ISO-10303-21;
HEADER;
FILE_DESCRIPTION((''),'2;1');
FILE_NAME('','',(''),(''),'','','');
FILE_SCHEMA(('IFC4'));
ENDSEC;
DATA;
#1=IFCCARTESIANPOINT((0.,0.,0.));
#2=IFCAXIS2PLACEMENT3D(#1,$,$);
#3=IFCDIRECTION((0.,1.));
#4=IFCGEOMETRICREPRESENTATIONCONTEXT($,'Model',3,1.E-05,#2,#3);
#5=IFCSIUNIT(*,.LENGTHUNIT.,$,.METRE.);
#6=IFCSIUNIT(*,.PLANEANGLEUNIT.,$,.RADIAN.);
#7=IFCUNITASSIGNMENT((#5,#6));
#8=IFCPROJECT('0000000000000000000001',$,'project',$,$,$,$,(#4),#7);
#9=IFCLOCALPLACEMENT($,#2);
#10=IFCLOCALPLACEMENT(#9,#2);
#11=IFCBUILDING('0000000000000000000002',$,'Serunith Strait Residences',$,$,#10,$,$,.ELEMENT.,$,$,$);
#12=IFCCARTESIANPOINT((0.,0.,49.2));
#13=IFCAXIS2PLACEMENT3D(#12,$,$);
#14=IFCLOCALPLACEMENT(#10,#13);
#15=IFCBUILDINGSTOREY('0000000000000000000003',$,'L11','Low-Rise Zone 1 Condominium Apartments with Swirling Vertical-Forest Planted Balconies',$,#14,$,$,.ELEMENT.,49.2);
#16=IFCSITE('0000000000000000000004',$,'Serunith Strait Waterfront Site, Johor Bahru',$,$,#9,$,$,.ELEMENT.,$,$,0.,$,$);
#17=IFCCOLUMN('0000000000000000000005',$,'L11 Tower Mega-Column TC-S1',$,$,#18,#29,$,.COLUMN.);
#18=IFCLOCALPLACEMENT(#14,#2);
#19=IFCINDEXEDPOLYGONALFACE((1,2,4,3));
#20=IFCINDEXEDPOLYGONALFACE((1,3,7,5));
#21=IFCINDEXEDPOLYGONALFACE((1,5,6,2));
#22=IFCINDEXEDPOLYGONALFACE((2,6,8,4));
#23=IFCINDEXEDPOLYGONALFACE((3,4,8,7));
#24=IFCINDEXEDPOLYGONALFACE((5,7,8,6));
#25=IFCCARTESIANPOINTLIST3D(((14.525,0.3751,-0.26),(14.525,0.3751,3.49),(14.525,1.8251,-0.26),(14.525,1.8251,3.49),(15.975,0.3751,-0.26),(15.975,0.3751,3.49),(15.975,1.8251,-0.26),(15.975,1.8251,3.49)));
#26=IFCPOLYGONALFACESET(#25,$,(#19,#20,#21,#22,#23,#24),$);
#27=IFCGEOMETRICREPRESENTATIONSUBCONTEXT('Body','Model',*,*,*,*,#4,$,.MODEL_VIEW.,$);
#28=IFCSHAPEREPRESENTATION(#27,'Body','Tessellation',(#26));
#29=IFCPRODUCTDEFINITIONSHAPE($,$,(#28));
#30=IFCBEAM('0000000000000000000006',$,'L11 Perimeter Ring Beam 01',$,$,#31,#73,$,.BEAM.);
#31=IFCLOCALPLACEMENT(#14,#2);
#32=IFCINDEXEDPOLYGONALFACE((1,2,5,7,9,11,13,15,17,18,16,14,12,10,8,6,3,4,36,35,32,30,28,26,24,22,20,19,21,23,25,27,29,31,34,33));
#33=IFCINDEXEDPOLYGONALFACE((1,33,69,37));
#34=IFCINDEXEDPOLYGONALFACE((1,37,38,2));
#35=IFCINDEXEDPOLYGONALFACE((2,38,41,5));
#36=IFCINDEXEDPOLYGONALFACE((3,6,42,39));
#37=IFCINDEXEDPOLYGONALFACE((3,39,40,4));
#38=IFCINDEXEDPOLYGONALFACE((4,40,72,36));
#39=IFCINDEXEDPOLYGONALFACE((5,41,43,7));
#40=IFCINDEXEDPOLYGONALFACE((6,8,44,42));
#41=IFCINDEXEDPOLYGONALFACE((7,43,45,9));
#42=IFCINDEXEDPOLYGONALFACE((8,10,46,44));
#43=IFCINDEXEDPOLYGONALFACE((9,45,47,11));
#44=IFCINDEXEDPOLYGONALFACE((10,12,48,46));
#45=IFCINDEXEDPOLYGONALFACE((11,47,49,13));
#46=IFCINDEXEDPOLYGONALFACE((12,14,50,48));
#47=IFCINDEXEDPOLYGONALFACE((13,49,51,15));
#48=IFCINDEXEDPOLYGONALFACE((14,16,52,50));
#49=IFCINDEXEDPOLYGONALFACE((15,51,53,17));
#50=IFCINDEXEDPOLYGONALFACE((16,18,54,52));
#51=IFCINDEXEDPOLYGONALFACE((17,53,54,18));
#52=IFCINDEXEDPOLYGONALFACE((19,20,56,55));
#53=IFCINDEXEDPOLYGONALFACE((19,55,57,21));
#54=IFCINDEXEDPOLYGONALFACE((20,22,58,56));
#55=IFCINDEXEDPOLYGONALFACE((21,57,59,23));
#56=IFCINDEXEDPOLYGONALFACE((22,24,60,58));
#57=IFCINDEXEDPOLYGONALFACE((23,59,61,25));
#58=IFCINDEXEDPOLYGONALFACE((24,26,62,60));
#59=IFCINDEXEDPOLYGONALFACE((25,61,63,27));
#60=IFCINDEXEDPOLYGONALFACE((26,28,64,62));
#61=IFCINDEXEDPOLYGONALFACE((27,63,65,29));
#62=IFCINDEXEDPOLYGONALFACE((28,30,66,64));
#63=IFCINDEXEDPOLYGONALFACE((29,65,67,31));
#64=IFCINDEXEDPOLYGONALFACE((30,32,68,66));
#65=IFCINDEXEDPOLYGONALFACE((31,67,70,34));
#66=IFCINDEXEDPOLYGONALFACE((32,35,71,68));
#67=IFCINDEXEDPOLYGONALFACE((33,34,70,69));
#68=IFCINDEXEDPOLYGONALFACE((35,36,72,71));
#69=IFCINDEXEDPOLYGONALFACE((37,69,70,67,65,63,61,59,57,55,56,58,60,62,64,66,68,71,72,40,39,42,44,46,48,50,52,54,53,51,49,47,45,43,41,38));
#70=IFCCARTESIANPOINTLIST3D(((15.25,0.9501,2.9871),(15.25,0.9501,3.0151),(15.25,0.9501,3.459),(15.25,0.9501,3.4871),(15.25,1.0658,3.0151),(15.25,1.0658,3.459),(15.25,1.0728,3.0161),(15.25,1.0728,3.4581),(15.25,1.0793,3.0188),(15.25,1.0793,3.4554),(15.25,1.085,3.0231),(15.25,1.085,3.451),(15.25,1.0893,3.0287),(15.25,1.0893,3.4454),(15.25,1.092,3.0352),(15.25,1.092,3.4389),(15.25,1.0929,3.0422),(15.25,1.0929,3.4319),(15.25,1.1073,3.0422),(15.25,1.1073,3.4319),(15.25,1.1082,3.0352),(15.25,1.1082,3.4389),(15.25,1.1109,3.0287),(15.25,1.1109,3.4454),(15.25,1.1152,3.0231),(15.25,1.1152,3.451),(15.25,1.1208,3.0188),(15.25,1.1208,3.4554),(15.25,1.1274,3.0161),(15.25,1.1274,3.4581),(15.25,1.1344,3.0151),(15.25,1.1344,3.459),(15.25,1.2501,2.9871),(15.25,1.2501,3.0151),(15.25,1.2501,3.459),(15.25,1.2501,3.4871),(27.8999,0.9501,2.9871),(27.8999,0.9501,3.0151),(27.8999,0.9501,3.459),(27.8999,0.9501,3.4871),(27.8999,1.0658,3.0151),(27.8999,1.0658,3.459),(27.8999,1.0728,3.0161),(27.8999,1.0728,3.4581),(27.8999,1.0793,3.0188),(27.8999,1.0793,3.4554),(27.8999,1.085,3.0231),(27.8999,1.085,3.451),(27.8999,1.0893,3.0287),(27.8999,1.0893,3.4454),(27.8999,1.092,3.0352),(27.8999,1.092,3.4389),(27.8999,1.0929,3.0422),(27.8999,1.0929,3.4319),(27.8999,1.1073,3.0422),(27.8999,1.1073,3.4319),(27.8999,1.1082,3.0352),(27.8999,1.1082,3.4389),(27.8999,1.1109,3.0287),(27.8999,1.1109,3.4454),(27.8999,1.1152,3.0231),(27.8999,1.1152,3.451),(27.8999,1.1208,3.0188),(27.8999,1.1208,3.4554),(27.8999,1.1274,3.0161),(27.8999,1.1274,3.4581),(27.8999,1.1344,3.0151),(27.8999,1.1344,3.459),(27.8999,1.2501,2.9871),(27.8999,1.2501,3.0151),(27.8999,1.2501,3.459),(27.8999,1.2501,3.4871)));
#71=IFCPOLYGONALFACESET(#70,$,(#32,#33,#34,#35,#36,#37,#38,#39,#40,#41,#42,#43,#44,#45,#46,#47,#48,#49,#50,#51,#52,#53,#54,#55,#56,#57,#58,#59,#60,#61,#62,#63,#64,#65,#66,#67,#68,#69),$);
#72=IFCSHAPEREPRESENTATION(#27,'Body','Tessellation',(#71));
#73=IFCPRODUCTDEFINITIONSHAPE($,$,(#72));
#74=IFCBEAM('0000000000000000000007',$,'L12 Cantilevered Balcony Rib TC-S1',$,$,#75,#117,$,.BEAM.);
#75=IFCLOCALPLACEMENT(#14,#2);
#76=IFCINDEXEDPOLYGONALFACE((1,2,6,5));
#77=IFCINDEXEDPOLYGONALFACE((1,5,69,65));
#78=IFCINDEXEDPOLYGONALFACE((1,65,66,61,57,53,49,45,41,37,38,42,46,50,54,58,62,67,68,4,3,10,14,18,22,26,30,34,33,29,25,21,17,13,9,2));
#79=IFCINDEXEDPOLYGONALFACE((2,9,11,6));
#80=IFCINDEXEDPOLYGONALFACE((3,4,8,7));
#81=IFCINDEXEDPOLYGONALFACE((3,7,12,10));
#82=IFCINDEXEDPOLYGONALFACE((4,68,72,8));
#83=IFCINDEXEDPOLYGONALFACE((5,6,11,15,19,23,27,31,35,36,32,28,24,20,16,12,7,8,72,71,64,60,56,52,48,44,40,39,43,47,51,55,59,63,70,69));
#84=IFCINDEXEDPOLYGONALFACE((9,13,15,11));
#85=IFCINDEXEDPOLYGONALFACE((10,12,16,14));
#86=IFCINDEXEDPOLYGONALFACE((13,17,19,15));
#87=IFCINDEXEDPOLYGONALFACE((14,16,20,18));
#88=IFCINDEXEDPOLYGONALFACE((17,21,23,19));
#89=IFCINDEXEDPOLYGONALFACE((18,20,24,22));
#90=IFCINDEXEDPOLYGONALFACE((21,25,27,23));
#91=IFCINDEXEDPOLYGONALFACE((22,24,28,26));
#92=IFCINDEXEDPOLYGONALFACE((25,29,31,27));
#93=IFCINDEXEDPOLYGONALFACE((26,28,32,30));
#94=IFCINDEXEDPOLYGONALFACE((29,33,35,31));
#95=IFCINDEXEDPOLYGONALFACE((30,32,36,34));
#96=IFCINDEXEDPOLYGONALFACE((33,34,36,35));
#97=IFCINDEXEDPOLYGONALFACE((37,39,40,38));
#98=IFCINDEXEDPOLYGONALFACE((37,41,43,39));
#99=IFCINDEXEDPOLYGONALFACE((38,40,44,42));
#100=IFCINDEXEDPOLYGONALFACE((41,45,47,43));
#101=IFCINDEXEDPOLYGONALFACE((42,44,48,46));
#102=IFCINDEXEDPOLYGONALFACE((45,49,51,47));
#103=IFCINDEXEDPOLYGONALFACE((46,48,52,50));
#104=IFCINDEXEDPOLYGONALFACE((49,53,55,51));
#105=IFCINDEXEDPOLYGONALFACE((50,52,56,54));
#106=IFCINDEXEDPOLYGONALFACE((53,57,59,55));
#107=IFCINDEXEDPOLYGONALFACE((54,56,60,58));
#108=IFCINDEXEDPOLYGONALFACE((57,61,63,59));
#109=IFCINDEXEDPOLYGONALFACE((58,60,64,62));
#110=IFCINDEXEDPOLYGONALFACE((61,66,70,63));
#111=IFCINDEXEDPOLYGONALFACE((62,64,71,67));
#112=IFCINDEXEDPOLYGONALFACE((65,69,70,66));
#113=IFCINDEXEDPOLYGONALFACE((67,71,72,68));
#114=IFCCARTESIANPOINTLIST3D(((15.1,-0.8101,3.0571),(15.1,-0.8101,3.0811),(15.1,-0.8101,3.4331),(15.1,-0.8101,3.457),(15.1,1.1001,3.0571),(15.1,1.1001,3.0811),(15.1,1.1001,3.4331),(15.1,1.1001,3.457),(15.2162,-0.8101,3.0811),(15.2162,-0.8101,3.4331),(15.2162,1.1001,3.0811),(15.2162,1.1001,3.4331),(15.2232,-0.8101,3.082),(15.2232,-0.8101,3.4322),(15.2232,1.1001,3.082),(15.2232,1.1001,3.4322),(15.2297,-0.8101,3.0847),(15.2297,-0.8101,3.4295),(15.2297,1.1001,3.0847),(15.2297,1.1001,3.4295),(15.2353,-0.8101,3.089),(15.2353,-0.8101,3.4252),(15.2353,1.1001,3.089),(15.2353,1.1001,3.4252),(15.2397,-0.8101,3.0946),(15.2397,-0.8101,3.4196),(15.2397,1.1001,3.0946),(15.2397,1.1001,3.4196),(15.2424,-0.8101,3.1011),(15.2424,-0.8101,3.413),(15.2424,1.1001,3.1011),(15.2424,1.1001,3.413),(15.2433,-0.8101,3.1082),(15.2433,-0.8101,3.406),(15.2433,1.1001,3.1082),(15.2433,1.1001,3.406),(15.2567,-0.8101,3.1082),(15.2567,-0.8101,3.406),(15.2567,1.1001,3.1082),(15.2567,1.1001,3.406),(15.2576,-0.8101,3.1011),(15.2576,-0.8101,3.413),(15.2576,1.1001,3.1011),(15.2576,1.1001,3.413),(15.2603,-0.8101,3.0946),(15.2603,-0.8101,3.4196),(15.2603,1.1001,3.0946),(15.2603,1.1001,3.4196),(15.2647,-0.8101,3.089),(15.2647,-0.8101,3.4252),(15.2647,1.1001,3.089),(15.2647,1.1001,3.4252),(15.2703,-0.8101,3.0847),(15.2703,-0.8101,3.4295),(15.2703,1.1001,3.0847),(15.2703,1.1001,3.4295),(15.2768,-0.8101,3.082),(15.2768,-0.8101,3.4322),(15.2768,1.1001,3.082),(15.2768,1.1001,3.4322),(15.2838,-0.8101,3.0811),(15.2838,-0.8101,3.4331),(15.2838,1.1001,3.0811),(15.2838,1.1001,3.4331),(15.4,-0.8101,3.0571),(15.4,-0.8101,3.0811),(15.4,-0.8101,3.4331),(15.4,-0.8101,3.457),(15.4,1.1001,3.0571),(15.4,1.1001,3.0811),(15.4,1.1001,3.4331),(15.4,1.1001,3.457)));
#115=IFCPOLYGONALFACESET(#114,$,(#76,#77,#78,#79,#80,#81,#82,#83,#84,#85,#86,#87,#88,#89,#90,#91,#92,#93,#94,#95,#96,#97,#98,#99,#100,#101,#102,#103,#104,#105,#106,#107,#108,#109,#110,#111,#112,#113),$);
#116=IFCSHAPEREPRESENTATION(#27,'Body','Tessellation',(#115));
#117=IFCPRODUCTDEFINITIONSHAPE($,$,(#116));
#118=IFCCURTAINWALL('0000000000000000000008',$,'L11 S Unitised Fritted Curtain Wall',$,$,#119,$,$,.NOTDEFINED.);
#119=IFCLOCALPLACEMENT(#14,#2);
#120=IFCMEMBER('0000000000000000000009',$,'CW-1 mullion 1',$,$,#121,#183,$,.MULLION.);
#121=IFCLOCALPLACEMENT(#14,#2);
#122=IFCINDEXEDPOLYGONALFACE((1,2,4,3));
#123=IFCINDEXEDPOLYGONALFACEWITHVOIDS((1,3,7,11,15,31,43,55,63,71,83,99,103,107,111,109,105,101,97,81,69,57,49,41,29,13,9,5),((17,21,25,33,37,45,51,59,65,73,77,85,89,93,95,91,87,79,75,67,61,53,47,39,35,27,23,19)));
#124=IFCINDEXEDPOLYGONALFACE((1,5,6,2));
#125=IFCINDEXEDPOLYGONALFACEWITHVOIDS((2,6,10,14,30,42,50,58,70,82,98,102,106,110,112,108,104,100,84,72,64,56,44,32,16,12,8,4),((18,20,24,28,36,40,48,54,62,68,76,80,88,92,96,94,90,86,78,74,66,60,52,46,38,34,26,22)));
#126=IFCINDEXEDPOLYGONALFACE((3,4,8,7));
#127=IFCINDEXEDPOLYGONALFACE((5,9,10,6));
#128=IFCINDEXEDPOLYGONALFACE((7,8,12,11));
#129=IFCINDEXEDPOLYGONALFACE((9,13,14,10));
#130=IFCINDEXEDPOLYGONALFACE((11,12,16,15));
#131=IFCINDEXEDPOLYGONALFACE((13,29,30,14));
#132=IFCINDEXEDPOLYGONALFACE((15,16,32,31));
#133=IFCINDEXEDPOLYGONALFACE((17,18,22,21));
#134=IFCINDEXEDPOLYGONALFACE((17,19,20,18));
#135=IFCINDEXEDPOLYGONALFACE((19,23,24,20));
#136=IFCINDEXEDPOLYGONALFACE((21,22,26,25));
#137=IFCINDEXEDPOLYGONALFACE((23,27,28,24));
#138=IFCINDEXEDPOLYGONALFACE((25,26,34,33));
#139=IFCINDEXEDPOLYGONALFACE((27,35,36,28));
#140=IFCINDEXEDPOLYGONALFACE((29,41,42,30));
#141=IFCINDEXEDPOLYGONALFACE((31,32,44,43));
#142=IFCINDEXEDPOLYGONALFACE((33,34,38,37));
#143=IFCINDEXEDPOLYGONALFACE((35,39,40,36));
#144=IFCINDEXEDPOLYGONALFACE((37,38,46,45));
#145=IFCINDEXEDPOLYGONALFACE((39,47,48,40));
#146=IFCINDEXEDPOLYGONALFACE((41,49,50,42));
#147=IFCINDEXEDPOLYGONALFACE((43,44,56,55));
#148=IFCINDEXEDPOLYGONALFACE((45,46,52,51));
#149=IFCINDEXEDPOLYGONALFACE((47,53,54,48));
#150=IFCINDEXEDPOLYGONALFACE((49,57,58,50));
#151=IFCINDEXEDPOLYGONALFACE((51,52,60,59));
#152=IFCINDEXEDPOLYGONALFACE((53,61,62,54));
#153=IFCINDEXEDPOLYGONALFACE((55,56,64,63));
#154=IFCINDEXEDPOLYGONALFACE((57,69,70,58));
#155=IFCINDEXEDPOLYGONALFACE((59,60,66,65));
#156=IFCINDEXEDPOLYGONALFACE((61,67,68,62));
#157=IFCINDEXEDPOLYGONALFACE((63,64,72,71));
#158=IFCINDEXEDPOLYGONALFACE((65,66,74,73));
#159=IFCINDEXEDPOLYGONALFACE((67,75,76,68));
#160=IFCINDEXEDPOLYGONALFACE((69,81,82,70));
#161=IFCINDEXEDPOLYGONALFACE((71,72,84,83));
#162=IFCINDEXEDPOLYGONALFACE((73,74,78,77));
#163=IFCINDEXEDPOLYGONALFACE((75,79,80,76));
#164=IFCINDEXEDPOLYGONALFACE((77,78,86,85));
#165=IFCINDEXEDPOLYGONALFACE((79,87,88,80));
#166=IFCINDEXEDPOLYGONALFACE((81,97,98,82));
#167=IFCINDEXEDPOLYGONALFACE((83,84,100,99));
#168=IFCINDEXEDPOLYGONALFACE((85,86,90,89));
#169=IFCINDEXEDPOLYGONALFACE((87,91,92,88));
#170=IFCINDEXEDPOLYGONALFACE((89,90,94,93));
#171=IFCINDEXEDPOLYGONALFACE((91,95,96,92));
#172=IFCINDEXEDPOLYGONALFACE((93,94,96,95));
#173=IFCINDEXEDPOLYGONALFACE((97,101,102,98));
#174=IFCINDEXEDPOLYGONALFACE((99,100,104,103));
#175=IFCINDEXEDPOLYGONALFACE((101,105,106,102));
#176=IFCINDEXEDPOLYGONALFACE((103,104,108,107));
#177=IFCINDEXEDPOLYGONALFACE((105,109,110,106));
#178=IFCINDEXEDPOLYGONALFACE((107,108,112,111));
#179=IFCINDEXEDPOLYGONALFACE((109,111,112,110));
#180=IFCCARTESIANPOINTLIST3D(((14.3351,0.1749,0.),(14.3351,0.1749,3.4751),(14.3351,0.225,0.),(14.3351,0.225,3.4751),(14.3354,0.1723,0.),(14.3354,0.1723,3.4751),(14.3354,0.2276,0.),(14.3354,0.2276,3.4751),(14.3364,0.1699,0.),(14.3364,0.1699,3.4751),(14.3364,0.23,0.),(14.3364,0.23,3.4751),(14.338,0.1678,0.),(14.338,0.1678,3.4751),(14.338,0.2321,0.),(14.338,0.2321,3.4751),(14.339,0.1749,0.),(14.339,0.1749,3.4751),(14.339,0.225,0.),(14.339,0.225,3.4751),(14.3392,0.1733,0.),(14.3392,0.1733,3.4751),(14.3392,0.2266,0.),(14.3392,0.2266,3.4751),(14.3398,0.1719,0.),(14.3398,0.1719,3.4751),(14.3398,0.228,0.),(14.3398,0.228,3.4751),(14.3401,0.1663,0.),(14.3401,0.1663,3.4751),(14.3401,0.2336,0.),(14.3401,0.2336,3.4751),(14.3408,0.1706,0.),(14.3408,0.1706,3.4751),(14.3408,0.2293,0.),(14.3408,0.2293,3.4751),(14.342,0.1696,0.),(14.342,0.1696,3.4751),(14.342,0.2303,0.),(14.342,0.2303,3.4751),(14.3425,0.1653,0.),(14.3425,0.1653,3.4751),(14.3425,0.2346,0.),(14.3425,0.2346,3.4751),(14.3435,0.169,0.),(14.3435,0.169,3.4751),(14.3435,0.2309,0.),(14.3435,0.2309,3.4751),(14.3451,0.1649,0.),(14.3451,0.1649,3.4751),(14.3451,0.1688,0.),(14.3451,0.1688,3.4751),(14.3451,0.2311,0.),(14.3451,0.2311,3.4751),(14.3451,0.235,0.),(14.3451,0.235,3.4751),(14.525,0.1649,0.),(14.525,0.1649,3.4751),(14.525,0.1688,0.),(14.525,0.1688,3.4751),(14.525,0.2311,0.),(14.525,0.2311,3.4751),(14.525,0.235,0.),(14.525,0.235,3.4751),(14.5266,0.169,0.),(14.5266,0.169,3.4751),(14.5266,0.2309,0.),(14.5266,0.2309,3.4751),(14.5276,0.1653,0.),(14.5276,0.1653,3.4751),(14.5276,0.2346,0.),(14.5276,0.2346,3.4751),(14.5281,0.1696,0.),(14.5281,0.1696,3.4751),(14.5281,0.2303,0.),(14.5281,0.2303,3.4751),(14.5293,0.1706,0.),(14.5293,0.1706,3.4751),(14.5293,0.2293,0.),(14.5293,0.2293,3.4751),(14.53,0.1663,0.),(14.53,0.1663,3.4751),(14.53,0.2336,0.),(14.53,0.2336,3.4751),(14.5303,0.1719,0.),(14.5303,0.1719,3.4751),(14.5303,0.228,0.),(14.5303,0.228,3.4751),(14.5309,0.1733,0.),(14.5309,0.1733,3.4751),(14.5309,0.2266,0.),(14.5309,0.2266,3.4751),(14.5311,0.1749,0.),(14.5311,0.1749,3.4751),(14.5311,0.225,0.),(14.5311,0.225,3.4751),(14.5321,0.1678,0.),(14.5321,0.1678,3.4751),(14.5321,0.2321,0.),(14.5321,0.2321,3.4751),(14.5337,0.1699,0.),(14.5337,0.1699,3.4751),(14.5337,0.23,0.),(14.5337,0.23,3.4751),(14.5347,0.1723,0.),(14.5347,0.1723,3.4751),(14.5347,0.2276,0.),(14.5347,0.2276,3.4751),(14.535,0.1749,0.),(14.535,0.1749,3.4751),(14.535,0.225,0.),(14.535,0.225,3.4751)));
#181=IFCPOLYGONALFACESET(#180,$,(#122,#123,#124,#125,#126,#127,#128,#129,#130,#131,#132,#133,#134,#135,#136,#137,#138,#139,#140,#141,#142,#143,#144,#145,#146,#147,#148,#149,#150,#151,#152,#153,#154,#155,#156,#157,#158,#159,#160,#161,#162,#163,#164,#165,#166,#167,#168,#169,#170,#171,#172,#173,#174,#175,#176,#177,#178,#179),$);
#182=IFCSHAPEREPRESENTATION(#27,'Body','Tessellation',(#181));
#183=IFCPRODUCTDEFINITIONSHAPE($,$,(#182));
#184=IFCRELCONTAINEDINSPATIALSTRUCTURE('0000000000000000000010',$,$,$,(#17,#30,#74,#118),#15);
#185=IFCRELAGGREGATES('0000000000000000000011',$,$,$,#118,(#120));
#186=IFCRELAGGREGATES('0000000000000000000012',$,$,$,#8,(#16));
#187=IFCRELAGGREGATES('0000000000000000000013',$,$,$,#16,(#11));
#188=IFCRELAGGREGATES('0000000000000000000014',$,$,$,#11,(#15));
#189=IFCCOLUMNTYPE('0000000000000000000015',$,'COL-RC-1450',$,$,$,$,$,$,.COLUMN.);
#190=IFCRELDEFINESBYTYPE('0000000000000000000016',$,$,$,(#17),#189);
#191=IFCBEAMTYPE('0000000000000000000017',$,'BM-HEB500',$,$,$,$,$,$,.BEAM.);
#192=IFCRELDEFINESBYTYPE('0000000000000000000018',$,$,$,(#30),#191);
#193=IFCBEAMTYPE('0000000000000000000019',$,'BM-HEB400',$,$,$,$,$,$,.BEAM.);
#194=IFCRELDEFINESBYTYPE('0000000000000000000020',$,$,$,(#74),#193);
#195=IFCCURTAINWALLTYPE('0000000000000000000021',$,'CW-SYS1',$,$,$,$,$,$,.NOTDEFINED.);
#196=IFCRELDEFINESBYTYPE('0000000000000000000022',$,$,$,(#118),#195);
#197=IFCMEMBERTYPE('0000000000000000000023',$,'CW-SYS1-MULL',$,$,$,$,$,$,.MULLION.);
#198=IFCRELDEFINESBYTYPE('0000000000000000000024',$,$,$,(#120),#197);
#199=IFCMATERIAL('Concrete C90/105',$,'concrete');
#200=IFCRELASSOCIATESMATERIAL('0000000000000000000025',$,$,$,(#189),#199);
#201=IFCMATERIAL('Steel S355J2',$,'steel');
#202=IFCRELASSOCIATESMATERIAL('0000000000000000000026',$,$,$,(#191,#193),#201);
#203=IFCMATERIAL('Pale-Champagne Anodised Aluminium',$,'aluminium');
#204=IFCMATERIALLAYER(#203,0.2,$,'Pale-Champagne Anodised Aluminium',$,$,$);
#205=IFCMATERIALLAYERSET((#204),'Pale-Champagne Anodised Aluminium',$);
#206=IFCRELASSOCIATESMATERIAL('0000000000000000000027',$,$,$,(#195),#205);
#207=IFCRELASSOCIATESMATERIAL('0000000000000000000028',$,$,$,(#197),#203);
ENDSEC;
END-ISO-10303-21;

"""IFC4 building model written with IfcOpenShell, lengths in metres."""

from ifc_helpers import new_model, si_unit, direction, frame, origin, origin_2d, place, context, subcontext, project, spatial, rectangle, hollow_rectangle, i_section, extrude, source, transform, mapped, material, layer, layer_set, material_profile, profile_set, type_object, element, aggregate, save


model = new_model("IFC4")

# Units and contexts
model_context = context("Model", 3, precision=1e-05, world=origin(), true_north=direction((0.0, 1.0)))
body_context = subcontext(model_context, "Body", "Model", "MODEL_VIEW")
ifc_project = project(units=[si_unit("LENGTHUNIT", "METRE"), si_unit("PLANEANGLEUNIT", "RADIAN")], contexts=[model_context])

# Site, building, storey
site_placement = place(None, origin())
site = spatial("IfcSite", under=ifc_project, at=site_placement, Name="Serunith Strait Waterfront Site, Johor Bahru", CompositionType="ELEMENT", RefElevation=0.0)
building_placement = place(site_placement, origin())
building = spatial("IfcBuilding", under=site, at=building_placement, Name="Serunith Strait Residences", CompositionType="ELEMENT")
storey_placement = place(building_placement, frame((0.0, 0.0, 49.2)))
storey = spatial("IfcBuildingStorey", under=building, at=storey_placement, Name="L11", Description="Low-Rise Zone 1 Condominium Apartments with Swirling Vertical-Forest Planted Balconies", CompositionType="ELEMENT", Elevation=49.2)

# Column
ifc_material_1 = material(Name="Concrete C90/105", Category="concrete")
ifc_material_profile_1 = material_profile(ifc_material_1, rectangle(XDim=1.45, YDim=1.45, at=origin_2d()), Name="RC 1450x1450")
ifc_profile_set_1 = profile_set([ifc_material_profile_1], Name="Concrete C90/105")
column_type = type_object("IfcColumnType", Name="COL-RC-1450", PredefinedType="COLUMN", material=ifc_profile_set_1)
shared_shape_1 = source(origin(), body_context, "Body", "SweptSolid", [
    extrude(rectangle(XDim=1.45, YDim=1.45, at=origin_2d()), origin(), (0.0, 0.0, 1.0), 3.75),
])
column_placement = place(storey_placement, frame((15.25, 1.1001, -0.26), z_axis=(0.0, 0.0, 1.0), x_axis=(1.0, 0.0, 0.0)))
element("IfcColumn", 1, at=column_placement, inside=storey, type_object=column_type, Name="L11 Tower Mega-Column TC-S1", PredefinedType="COLUMN", context=body_context, shape_type="MappedRepresentation", body=[
    mapped(shared_shape_1, transform((0.0, 0.0, 0.0), scale=1.0)),
])

# Beams
ifc_material_2 = material(Name="Steel S355J2", Category="steel")
ifc_material_profile_2 = material_profile(ifc_material_2, i_section(OverallWidth=0.3, OverallDepth=0.5, WebThickness=0.0144, FlangeThickness=0.0281, FilletRadius=0.0271, at=origin_2d()), Name="HEB 500")
ifc_profile_set_2 = profile_set([ifc_material_profile_2], Name="Steel S355J2")
beam_type_1 = type_object("IfcBeamType", Name="BM-HEB500", PredefinedType="BEAM", material=ifc_profile_set_2)
shared_shape_2 = source(origin(), body_context, "Body", "SweptSolid", [
    extrude(i_section(OverallWidth=0.3, OverallDepth=0.5, WebThickness=0.0144, FlangeThickness=0.0281, FilletRadius=0.0271, at=origin_2d()), origin(), (0.0, 0.0, 1.0), 12.6499),
])
beam_1_placement = place(storey_placement, frame((15.25, 1.1001, 3.2371), z_axis=(1.0, 0.0, 0.0), x_axis=(0.0, 1.0, 0.0)))
element("IfcBeam", 2, at=beam_1_placement, inside=storey, type_object=beam_type_1, Name="L11 Perimeter Ring Beam 01", PredefinedType="BEAM", context=body_context, shape_type="MappedRepresentation", body=[
    mapped(shared_shape_2, transform((0.0, 0.0, 0.0), scale=1.0)),
])
ifc_material_profile_3 = material_profile(ifc_material_2, i_section(OverallWidth=0.3, OverallDepth=0.3999, WebThickness=0.0134, FlangeThickness=0.0239, FilletRadius=0.0271, at=origin_2d()), Name="HEB 400")
ifc_profile_set_3 = profile_set([ifc_material_profile_3], Name="Steel S355J2")
beam_type_2 = type_object("IfcBeamType", Name="BM-HEB400", PredefinedType="BEAM", material=ifc_profile_set_3)
shared_shape_3 = source(origin(), body_context, "Body", "SweptSolid", [
    extrude(i_section(OverallWidth=0.3, OverallDepth=0.3999, WebThickness=0.0134, FlangeThickness=0.0239, FilletRadius=0.0271, at=origin_2d()), origin(), (0.0, 0.0, 1.0), 1.9102),
])
beam_2_placement = place(storey_placement, frame((15.25, 1.1001, 3.2571), z_axis=(0.0, -1.0, 0.0), x_axis=(1.0, 0.0, 0.0)))
element("IfcBeam", 3, at=beam_2_placement, inside=storey, type_object=beam_type_2, Name="L12 Cantilevered Balcony Rib TC-S1", PredefinedType="BEAM", context=body_context, shape_type="MappedRepresentation", body=[
    mapped(shared_shape_3, transform((0.0, 0.0, 0.0), scale=1.0)),
])

# Curtain wall, member
ifc_material_3 = material(Name="Pale-Champagne Anodised Aluminium", Category="aluminium")
ifc_layer_1 = layer(ifc_material_3, 0.2, Name="Pale-Champagne Anodised Aluminium")
ifc_layer_set_1 = layer_set([ifc_layer_1], Name="Pale-Champagne Anodised Aluminium")
curtain_wall_type = type_object("IfcCurtainWallType", Name="CW-SYS1", PredefinedType="NOTDEFINED", material=ifc_layer_set_1)
curtain_wall_1_placement = place(storey_placement, origin())
curtain_wall_1 = element("IfcCurtainWall", 4, at=curtain_wall_1_placement, inside=storey, type_object=curtain_wall_type, Name="L11 S Unitised Fritted Curtain Wall", PredefinedType="NOTDEFINED")
ifc_material_profile_4 = material_profile(ifc_material_3, hollow_rectangle(XDim=0.0701, YDim=0.2, WallThickness=0.0039, InnerFilletRadius=0.0061, OuterFilletRadius=0.01, at=origin_2d()), Name="ALU 200x70x4")
ifc_profile_set_4 = profile_set([ifc_material_profile_4], Name="Pale-Champagne Anodised Aluminium")
member_type_1 = type_object("IfcMemberType", Name="CW-SYS1-MULL", PredefinedType="MULLION", material=ifc_profile_set_4)
shared_shape_4 = source(origin(), body_context, "Body", "SweptSolid", [
    extrude(hollow_rectangle(XDim=0.0701, YDim=0.2, WallThickness=0.0039, InnerFilletRadius=0.0061, OuterFilletRadius=0.01, at=origin_2d()), origin(), (0.0, 0.0, 1.0), 3.4751),
])
member_1_placement = place(storey_placement, frame((14.4351, 0.2, 0.0), z_axis=(0.0, 0.0, 1.0), x_axis=(0.0, 1.0, 0.0)))
member_1 = element("IfcMember", 5, at=member_1_placement, type_object=member_type_1, Name="CW-1 mullion 1", PredefinedType="MULLION", context=body_context, shape_type="MappedRepresentation", body=[
    mapped(shared_shape_4, transform((0.0, 0.0, 0.0), scale=1.0)),
])

aggregate(curtain_wall_1, [member_1])

save(model, "model.ifc")
